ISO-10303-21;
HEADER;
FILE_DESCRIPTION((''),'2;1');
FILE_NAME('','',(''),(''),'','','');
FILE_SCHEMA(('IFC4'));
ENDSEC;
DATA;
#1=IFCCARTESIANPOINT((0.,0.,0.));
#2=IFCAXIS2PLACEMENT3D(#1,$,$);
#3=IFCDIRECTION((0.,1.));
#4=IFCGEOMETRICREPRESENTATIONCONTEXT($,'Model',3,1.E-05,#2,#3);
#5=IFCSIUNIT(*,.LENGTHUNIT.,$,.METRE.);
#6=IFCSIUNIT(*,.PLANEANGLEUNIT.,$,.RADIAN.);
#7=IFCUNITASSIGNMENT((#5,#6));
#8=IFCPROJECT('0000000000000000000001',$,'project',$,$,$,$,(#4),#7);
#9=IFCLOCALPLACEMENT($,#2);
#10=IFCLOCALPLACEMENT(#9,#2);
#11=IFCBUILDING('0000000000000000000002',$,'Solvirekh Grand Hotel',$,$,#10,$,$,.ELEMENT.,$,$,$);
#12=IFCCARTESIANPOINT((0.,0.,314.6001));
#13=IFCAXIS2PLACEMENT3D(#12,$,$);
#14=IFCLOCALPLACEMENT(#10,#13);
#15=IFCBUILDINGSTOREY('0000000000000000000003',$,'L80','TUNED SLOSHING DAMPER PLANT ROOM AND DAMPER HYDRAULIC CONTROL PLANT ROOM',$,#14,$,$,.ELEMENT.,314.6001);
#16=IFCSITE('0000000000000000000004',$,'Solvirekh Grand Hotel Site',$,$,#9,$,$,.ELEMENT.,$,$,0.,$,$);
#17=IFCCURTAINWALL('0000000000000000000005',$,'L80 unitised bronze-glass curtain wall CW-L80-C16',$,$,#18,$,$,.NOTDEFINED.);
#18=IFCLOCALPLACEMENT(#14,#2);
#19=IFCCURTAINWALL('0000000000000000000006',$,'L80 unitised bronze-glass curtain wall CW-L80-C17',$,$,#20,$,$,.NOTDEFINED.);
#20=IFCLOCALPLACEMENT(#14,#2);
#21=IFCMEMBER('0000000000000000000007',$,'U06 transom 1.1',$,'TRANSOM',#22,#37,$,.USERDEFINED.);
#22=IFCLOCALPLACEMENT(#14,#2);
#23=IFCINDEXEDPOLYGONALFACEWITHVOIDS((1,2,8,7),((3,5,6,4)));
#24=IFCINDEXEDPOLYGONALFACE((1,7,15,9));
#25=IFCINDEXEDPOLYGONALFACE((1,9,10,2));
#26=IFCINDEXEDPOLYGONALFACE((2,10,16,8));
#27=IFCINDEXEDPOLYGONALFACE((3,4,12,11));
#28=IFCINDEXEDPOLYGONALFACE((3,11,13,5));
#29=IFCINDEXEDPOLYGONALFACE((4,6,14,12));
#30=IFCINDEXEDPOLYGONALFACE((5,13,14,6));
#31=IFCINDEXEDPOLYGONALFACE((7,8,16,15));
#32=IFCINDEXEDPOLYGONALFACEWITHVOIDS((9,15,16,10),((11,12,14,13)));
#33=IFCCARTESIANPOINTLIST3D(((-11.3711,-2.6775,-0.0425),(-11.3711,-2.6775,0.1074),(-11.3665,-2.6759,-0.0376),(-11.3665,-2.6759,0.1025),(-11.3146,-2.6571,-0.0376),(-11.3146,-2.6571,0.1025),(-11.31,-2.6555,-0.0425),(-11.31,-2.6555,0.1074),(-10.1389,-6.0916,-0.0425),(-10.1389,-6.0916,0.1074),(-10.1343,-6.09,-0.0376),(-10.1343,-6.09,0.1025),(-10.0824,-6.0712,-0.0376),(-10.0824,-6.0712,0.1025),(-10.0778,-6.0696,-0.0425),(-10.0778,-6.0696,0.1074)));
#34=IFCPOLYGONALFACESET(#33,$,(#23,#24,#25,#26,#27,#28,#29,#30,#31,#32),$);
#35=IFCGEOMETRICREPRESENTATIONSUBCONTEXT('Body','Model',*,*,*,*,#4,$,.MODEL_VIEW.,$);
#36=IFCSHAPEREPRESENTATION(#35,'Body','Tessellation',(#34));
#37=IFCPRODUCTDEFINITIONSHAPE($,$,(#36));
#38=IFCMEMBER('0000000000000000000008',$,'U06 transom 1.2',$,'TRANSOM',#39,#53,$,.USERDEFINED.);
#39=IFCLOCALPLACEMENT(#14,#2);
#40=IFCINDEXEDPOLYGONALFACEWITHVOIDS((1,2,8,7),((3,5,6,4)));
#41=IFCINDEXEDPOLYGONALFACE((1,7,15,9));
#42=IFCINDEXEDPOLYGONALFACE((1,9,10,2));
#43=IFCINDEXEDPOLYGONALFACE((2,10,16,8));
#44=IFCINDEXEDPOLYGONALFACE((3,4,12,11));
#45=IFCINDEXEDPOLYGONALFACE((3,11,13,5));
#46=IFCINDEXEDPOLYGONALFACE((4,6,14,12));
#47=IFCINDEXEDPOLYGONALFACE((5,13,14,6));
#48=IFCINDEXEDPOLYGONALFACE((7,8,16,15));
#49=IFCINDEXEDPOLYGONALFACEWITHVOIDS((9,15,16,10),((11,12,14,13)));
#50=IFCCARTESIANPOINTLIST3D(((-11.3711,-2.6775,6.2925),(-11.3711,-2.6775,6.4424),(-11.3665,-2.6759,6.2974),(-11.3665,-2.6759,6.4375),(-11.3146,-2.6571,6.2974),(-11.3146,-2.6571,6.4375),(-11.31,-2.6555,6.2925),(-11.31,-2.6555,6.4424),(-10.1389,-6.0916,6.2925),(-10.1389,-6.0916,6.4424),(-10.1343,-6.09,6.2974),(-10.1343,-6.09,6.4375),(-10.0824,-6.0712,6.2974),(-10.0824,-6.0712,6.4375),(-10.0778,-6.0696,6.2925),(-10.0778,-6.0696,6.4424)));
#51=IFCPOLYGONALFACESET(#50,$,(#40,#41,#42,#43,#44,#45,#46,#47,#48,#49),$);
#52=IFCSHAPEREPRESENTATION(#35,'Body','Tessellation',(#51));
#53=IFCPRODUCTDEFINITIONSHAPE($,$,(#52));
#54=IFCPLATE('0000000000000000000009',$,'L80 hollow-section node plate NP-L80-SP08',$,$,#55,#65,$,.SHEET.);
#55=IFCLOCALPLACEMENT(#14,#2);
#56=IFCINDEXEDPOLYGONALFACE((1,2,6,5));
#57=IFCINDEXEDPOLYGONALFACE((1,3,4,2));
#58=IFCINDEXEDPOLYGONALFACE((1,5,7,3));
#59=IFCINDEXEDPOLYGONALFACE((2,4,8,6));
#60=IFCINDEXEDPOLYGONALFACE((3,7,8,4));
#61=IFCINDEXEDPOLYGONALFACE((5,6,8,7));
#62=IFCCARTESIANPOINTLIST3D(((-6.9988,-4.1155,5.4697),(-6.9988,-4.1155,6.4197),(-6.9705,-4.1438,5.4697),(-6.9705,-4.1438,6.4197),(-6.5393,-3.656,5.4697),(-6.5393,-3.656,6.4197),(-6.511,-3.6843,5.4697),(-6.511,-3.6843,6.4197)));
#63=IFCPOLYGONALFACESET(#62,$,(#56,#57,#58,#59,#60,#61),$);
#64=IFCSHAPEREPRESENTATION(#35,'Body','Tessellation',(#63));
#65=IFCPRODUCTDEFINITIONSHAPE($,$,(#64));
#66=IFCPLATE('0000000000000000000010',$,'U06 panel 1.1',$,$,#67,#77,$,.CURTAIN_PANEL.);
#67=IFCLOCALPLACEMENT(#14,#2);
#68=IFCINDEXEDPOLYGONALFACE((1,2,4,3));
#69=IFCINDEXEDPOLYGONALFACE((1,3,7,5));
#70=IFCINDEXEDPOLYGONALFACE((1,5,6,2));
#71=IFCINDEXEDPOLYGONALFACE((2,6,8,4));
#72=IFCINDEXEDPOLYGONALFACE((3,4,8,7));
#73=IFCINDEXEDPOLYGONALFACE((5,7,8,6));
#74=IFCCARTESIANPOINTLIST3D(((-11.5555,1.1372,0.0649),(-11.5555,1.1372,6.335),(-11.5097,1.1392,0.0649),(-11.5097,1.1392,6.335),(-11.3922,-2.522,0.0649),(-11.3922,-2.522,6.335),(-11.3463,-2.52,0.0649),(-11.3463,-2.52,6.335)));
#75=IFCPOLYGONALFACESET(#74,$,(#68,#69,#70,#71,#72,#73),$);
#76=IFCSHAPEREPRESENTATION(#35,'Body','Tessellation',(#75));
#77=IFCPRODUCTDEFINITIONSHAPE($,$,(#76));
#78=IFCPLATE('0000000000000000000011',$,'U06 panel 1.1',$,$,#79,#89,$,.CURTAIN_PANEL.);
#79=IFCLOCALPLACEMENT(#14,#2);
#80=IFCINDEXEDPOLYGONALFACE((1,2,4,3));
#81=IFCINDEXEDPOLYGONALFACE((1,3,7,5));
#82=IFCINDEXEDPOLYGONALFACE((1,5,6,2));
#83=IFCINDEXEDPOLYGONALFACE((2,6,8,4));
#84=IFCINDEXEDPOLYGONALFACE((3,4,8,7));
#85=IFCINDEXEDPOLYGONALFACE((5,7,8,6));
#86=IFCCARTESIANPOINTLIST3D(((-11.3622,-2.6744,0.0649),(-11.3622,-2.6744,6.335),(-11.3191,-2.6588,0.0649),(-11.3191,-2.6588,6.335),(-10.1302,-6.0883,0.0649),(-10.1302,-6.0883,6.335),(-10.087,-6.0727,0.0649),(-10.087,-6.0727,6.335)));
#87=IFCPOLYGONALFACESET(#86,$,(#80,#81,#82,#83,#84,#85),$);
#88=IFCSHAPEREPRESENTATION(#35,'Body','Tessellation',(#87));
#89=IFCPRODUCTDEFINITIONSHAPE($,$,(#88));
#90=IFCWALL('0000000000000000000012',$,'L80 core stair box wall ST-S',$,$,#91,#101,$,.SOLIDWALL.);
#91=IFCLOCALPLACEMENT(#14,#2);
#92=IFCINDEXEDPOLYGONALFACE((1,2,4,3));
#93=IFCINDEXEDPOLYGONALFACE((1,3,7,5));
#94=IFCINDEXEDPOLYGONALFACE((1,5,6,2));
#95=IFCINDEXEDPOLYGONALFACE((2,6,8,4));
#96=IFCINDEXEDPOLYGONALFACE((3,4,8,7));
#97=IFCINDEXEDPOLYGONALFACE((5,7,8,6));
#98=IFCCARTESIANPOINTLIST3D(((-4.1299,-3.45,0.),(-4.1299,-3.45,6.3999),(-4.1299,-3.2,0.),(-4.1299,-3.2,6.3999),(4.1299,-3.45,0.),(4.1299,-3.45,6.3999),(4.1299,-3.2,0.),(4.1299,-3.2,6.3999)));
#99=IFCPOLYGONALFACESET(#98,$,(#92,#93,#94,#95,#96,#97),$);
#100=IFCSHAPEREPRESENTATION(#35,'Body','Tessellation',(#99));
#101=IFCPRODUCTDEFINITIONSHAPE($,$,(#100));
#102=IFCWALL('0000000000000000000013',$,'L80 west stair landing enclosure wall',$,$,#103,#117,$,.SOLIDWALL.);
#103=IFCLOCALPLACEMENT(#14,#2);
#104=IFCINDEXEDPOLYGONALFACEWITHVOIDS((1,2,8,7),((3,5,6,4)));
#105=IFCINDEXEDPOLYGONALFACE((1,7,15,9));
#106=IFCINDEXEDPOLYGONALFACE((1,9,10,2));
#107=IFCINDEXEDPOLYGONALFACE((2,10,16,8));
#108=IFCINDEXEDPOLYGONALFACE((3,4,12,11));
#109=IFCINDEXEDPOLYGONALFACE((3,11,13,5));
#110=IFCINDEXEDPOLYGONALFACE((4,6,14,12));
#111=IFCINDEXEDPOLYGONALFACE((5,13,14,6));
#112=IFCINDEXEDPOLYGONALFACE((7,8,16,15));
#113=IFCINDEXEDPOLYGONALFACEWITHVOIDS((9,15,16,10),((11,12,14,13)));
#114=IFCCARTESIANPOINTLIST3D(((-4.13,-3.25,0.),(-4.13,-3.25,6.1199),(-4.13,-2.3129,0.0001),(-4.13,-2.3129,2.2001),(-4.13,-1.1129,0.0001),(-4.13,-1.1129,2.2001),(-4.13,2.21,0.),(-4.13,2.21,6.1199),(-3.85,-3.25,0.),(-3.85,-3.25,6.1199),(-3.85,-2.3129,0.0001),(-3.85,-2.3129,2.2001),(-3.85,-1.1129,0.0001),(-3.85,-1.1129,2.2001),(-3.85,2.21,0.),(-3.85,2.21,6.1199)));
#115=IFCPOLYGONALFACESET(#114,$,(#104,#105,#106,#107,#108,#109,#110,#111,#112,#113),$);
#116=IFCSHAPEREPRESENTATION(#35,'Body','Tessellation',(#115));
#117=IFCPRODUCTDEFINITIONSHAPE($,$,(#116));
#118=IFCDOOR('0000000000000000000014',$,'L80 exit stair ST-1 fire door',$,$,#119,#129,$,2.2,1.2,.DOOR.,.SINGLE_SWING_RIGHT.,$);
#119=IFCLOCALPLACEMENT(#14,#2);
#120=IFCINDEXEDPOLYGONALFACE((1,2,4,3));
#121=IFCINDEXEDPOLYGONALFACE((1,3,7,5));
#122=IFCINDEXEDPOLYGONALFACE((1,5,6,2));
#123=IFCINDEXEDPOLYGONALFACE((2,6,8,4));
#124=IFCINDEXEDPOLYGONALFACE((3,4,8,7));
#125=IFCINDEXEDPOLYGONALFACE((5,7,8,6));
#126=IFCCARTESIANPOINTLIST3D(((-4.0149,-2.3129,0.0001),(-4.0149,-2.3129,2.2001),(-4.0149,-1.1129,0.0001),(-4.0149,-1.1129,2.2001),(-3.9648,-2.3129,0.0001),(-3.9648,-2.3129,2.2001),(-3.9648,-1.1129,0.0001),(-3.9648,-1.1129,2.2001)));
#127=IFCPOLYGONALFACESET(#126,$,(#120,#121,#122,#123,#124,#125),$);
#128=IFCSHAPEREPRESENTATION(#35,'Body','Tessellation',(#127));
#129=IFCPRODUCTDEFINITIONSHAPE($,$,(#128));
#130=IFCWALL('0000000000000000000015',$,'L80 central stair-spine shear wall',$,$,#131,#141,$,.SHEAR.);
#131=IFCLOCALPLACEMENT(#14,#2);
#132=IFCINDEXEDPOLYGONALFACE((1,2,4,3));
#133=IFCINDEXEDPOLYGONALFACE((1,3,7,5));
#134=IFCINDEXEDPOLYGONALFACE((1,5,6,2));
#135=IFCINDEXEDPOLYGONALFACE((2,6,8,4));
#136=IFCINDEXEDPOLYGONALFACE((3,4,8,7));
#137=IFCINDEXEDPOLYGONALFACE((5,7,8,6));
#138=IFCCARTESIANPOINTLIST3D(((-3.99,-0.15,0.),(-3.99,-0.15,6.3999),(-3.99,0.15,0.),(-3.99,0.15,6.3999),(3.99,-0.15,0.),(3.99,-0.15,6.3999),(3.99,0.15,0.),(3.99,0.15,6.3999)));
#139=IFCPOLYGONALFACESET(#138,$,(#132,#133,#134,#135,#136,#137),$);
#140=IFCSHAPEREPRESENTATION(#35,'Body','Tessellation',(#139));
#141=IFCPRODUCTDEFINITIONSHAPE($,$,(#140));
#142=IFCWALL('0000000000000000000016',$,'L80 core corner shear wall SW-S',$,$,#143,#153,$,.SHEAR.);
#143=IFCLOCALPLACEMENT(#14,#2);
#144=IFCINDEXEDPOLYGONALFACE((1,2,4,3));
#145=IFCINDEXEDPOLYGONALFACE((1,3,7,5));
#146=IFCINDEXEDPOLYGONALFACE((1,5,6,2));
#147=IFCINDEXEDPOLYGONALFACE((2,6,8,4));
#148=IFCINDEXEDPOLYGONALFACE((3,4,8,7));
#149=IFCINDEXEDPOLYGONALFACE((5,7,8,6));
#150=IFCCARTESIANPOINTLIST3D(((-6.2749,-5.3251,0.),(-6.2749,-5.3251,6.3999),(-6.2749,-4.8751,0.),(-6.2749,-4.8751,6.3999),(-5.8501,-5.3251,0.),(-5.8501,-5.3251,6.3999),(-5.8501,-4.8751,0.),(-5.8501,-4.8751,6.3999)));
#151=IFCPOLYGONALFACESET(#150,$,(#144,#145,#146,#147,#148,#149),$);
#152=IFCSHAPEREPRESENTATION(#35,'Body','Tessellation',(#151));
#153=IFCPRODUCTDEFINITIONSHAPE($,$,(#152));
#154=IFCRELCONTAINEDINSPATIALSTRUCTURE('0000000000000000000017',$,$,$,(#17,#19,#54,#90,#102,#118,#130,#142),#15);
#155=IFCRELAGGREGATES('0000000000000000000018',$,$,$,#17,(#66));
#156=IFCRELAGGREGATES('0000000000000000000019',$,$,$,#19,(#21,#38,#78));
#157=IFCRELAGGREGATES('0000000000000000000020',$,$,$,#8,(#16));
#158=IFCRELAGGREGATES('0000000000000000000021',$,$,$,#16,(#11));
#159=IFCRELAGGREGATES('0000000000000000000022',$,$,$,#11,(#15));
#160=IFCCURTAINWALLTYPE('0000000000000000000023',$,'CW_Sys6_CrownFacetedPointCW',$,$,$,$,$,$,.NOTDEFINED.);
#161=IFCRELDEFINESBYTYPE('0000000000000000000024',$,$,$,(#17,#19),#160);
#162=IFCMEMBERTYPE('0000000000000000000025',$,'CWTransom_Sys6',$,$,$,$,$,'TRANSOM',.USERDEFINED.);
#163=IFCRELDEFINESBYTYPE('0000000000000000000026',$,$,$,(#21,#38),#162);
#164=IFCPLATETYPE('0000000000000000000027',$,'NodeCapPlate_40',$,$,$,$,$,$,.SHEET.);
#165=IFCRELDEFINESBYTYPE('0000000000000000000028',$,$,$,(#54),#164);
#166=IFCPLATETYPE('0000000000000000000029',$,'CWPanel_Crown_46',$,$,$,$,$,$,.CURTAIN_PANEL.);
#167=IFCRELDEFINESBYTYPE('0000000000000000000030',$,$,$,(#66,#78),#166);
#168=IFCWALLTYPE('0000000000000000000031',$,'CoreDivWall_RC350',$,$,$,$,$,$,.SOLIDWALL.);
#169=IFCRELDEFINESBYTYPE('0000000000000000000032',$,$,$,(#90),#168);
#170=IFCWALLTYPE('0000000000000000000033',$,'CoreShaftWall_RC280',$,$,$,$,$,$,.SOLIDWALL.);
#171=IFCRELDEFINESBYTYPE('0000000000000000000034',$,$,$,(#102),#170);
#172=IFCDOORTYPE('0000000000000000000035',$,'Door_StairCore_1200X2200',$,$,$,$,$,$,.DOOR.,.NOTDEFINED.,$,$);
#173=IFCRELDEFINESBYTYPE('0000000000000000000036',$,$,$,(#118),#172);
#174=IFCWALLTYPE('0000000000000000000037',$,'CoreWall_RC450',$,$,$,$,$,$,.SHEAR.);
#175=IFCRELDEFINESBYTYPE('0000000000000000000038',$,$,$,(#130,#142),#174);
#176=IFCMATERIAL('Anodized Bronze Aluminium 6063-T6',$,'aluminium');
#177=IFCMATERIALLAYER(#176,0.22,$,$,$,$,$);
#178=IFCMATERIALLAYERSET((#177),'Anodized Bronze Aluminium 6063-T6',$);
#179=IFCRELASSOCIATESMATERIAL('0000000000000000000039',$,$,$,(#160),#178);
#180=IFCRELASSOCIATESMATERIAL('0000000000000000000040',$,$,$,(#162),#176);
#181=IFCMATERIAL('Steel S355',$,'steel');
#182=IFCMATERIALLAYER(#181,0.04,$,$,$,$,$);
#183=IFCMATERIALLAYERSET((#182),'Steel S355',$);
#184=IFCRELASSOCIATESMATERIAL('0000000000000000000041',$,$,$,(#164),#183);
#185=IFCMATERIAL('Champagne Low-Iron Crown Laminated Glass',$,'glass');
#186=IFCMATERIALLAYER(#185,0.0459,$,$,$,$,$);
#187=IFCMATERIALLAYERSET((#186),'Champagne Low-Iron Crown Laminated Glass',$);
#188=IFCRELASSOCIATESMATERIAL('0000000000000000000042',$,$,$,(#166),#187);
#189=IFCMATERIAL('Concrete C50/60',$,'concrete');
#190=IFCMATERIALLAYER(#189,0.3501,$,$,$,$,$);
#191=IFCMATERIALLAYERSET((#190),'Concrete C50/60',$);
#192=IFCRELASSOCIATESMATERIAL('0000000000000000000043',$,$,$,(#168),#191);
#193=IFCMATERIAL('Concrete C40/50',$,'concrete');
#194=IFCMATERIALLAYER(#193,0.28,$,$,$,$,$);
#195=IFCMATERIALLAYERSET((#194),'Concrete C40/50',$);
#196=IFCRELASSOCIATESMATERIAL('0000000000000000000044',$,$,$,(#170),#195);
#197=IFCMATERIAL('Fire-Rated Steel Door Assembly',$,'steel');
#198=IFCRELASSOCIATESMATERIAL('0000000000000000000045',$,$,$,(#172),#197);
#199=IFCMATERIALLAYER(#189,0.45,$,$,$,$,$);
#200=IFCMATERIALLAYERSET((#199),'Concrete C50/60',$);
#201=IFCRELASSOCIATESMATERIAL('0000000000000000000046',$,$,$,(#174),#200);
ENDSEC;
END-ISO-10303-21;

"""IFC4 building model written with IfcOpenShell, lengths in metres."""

from ifc_helpers import new_model, si_unit, direction, frame, frame_2d, origin, origin_2d, place, context, subcontext, project, spatial, rectangle, hollow_rectangle, extrude, source, transform, mapped, material, layer, layer_set, material_profile, profile_set, type_object, element, fill, aggregate, save


model = new_model("IFC4")

# Units and contexts
model_context = context("Model", 3, precision=1e-05, world=origin(), true_north=direction((0.0, 1.0)))
body_context = subcontext(model_context, "Body", "Model", "MODEL_VIEW")
ifc_project = project(units=[si_unit("LENGTHUNIT", "METRE"), si_unit("PLANEANGLEUNIT", "RADIAN")], contexts=[model_context])

# Site, building, storey
site_placement = place(None, origin())
site = spatial("IfcSite", under=ifc_project, at=site_placement, Name="Solvirekh Grand Hotel Site", CompositionType="ELEMENT", RefElevation=0.0)
building_placement = place(site_placement, origin())
building = spatial("IfcBuilding", under=site, at=building_placement, Name="Solvirekh Grand Hotel", CompositionType="ELEMENT")
storey_placement = place(building_placement, frame((0.0, 0.0, 314.6001)))
storey = spatial("IfcBuildingStorey", under=building, at=storey_placement, Name="L80", Description="TUNED SLOSHING DAMPER PLANT ROOM AND DAMPER HYDRAULIC CONTROL PLANT ROOM", CompositionType="ELEMENT", Elevation=314.6001)

# Shared definitions
ifc_material_1 = material(Name="Steel S355", Category="steel")

# Curtain wall
ifc_material_2 = material(Name="Anodized Bronze Aluminium 6063-T6", Category="aluminium")
ifc_layer_1 = layer(ifc_material_2, 0.22)
ifc_layer_set_1 = layer_set([ifc_layer_1], Name="Anodized Bronze Aluminium 6063-T6")
curtain_wall_type = type_object("IfcCurtainWallType", Name="CW_Sys6_CrownFacetedPointCW", PredefinedType="NOTDEFINED", material=ifc_layer_set_1)
curtain_wall_1_placement = place(storey_placement, origin())
curtain_wall_1 = element("IfcCurtainWall", 1, at=curtain_wall_1_placement, inside=storey, type_object=curtain_wall_type, Name="L80 unitised bronze-glass curtain wall CW-L80-C16", PredefinedType="NOTDEFINED")

# Curtain wall, members
curtain_wall_2_placement = place(storey_placement, origin())
curtain_wall_2 = element("IfcCurtainWall", 2, at=curtain_wall_2_placement, inside=storey, type_object=curtain_wall_type, Name="L80 unitised bronze-glass curtain wall CW-L80-C17", PredefinedType="NOTDEFINED")
ifc_material_profile_1 = material_profile(ifc_material_2, hollow_rectangle(XDim=0.0649, YDim=0.1499, WallThickness=0.0049, at=origin_2d()), Name="ALU RHS 150X65X5")
ifc_profile_set_1 = profile_set([ifc_material_profile_1], Name="Anodized Bronze Aluminium 6063-T6")
member_type_1 = type_object("IfcMemberType", Name="CWTransom_Sys6", ElementType="TRANSOM", PredefinedType="USERDEFINED", material=ifc_profile_set_1)
shared_shape_1 = source(origin(), body_context, "Body", "SweptSolid", [
    extrude(hollow_rectangle(XDim=0.0649, YDim=0.1499, WallThickness=0.0049, at=origin_2d()), origin(), (0.0, 0.0, 1.0), 3.6296),
])
member_1_placement = place(storey_placement, frame((-11.3406, -2.6665, 0.0325), z_axis=(0.339479, -0.940614, 0.0), x_axis=(0.940614, 0.339479, 0.0)))
member_1 = element("IfcMember", 3, at=member_1_placement, type_object=member_type_1, Name="U06 transom 1.1", ObjectType="TRANSOM", PredefinedType="USERDEFINED", context=body_context, shape_type="MappedRepresentation", body=[
    mapped(shared_shape_1, transform((0.0, 0.0, 0.0), x_axis=(1.0, 0.0, 0.0), y_axis=(0.0, 1.0, 0.0), z_axis=(0.0, 0.0, 1.0), scale=1.0)),
])
member_2_placement = place(storey_placement, frame((-11.3406, -2.6665, 6.3674), z_axis=(0.339479, -0.940614, 0.0), x_axis=(0.940614, 0.339479, 0.0)))
member_2 = element("IfcMember", 4, at=member_2_placement, type_object=member_type_1, Name="U06 transom 1.2", ObjectType="TRANSOM", PredefinedType="USERDEFINED", context=body_context, shape_type="MappedRepresentation", body=[
    mapped(shared_shape_1, transform((0.0, 0.0, 0.0), x_axis=(1.0, 0.0, 0.0), y_axis=(0.0, 1.0, 0.0), z_axis=(0.0, 0.0, 1.0), scale=1.0)),
])

# Plates
ifc_layer_2 = layer(ifc_material_1, 0.04)
ifc_layer_set_2 = layer_set([ifc_layer_2], Name="Steel S355")
plate_type_1 = type_object("IfcPlateType", Name="NodeCapPlate_40", PredefinedType="SHEET", material=ifc_layer_set_2)
plate_1_placement = place(storey_placement, frame((-6.7549, -3.8999, 5.4697), z_axis=(0.0, 0.0, 1.0), x_axis=(0.707107, -0.707107, 0.0)))
element("IfcPlate", 5, at=plate_1_placement, inside=storey, type_object=plate_type_1, Name="L80 hollow-section node plate NP-L80-SP08", PredefinedType="SHEET", context=body_context, shape_type="SweptSolid", body=[
    extrude(rectangle(XDim=0.04, YDim=0.6499, at=origin_2d()), origin(), (0.0, 0.0, 1.0), 0.95),
])
ifc_material_3 = material(Name="Champagne Low-Iron Crown Laminated Glass", Category="glass")
ifc_layer_3 = layer(ifc_material_3, 0.0459)
ifc_layer_set_3 = layer_set([ifc_layer_3], Name="Champagne Low-Iron Crown Laminated Glass")
plate_type_2 = type_object("IfcPlateType", Name="CWPanel_Crown_46", PredefinedType="CURTAIN_PANEL", material=ifc_layer_set_3)
shared_shape_2 = source(origin(), body_context, "Body", "SweptSolid", [
    extrude(rectangle(XDim=3.6628, YDim=0.0459, at=origin_2d()), origin(), (0.0, 0.0, 1.0), 6.27),
])
plate_2_placement = place(storey_placement, frame((-11.4509, -0.6914, 0.0649), z_axis=(0.0, 0.0, 1.0), x_axis=(0.044587, -0.999006, 0.0)))
plate_2 = element("IfcPlate", 6, at=plate_2_placement, type_object=plate_type_2, Name="U06 panel 1.1", PredefinedType="CURTAIN_PANEL", context=body_context, shape_type="MappedRepresentation", body=[
    mapped(shared_shape_2, transform((0.0, 0.0, 0.0), x_axis=(1.0, 0.0, 0.0), y_axis=(0.0, 1.0, 0.0), z_axis=(0.0, 0.0, 1.0), scale=1.0)),
])
aggregate(curtain_wall_1, [plate_2])
shared_shape_3 = source(origin(), body_context, "Body", "SweptSolid", [
    extrude(rectangle(XDim=3.6294, YDim=0.0459, at=origin_2d()), origin(), (0.0, 0.0, 1.0), 6.27),
])
plate_3_placement = place(storey_placement, frame((-10.7246, -4.3735, 0.0649), z_axis=(0.0, 0.0, 1.0), x_axis=(0.339469, -0.940617, 0.0)))
plate_3 = element("IfcPlate", 7, at=plate_3_placement, type_object=plate_type_2, Name="U06 panel 1.1", PredefinedType="CURTAIN_PANEL", context=body_context, shape_type="MappedRepresentation", body=[
    mapped(shared_shape_3, transform((0.0, 0.0, 0.0), x_axis=(1.0, 0.0, 0.0), y_axis=(0.0, 1.0, 0.0), z_axis=(0.0, 0.0, 1.0), scale=1.0)),
])
aggregate(curtain_wall_2, [member_1, member_2, plate_3])

# Wall
ifc_material_4 = material(Name="Concrete C50/60", Category="concrete")
ifc_layer_4 = layer(ifc_material_4, 0.3501)
ifc_layer_set_4 = layer_set([ifc_layer_4], Name="Concrete C50/60")
wall_type_1 = type_object("IfcWallType", Name="CoreDivWall_RC350", PredefinedType="SOLIDWALL", material=ifc_layer_set_4)
wall_1_placement = place(storey_placement, frame((-4.1299, -3.325, 0.0), z_axis=(0.0, 0.0, 1.0), x_axis=(1.0, 0.0, 0.0)))
element("IfcWall", 8, at=wall_1_placement, inside=storey, type_object=wall_type_1, Name="L80 core stair box wall ST-S", PredefinedType="SOLIDWALL", context=body_context, shape_type="SweptSolid", body=[
    extrude(rectangle(XDim=8.2598, YDim=0.25, at=frame_2d((4.1299, 0.0))), origin(), (0.0, 0.0, 1.0), 6.3999),
])

# Wall, opening, door
ifc_material_5 = material(Name="Concrete C40/50", Category="concrete")
ifc_layer_5 = layer(ifc_material_5, 0.28)
ifc_layer_set_5 = layer_set([ifc_layer_5], Name="Concrete C40/50")
wall_type_2 = type_object("IfcWallType", Name="CoreShaftWall_RC280", PredefinedType="SOLIDWALL", material=ifc_layer_set_5)
wall_2_placement = place(storey_placement, frame((-3.99, -3.25, 0.0), z_axis=(0.0, 0.0, 1.0), x_axis=(0.0, 1.0, 0.0)))
wall_2 = element("IfcWall", 9, at=wall_2_placement, inside=storey, type_object=wall_type_2, Name="L80 west stair landing enclosure wall", PredefinedType="SOLIDWALL", context=body_context, shape_type="SweptSolid", body=[
    extrude(rectangle(XDim=5.46, YDim=0.28, at=frame_2d((2.73, 0.0))), origin(), (0.0, 0.0, 1.0), 6.1199),
])
opening_1_placement = place(wall_2_placement, frame((0.937, 0.0, 0.0)))
opening_1 = element("IfcOpeningElement", 10, at=opening_1_placement, cuts=wall_2, PredefinedType="OPENING", context=body_context, shape_type="SweptSolid", body=[
    extrude(rectangle(XDim=1.2, YDim=2.2, at=frame_2d((0.6001, 1.1001))), frame((0.0, 0.1499, 0.0), z_axis=(0.0, -1.0, 0.0), x_axis=(1.0, 0.0, 0.0)), (0.0, 0.0, 1.0), 0.3),
])
ifc_material_6 = material(Name="Fire-Rated Steel Door Assembly", Category="steel")
door_type_1 = type_object("IfcDoorType", Name="Door_StairCore_1200X2200", OperationType="NOTDEFINED", PredefinedType="DOOR", material=ifc_material_6)
door_1_placement = place(opening_1_placement, origin())
door_1 = element("IfcDoor", 11, at=door_1_placement, inside=storey, type_object=door_type_1, Name="L80 exit stair ST-1 fire door", OperationType="SINGLE_SWING_RIGHT", OverallHeight=2.2, OverallWidth=1.2, PredefinedType="DOOR", context=body_context, shape_type="SweptSolid", body=[
    extrude(rectangle(XDim=1.2, YDim=2.2, at=frame_2d((0.6001, 1.1001))), frame((0.0, 0.0249, 0.0), z_axis=(0.0, -1.0, 0.0), x_axis=(1.0, 0.0, 0.0)), (0.0, 0.0, 1.0), 0.05),
])
fill(opening_1, door_1)

# Walls
ifc_layer_6 = layer(ifc_material_4, 0.45)
ifc_layer_set_6 = layer_set([ifc_layer_6], Name="Concrete C50/60")
wall_type_3 = type_object("IfcWallType", Name="CoreWall_RC450", PredefinedType="SHEAR", material=ifc_layer_set_6)
wall_3_placement = place(storey_placement, frame((-3.99, 0.0, 0.0), z_axis=(0.0, 0.0, 1.0), x_axis=(1.0, 0.0, 0.0)))
element("IfcWall", 12, at=wall_3_placement, inside=storey, type_object=wall_type_3, Name="L80 central stair-spine shear wall", PredefinedType="SHEAR", context=body_context, shape_type="SweptSolid", body=[
    extrude(rectangle(XDim=7.98, YDim=0.3, at=frame_2d((3.99, 0.0))), origin(), (0.0, 0.0, 1.0), 6.3999),
])
wall_4_placement = place(storey_placement, frame((-6.2749, -5.1001, 0.0), z_axis=(0.0, 0.0, 1.0), x_axis=(1.0, 0.0, 0.0)))
element("IfcWall", 13, at=wall_4_placement, inside=storey, type_object=wall_type_3, Name="L80 core corner shear wall SW-S", PredefinedType="SHEAR", context=body_context, shape_type="SweptSolid", body=[
    extrude(rectangle(XDim=0.4248, YDim=0.45, at=frame_2d((0.2124, 0.0))), origin(), (0.0, 0.0, 1.0), 6.3999),
])

save(model, "model.ifc")
